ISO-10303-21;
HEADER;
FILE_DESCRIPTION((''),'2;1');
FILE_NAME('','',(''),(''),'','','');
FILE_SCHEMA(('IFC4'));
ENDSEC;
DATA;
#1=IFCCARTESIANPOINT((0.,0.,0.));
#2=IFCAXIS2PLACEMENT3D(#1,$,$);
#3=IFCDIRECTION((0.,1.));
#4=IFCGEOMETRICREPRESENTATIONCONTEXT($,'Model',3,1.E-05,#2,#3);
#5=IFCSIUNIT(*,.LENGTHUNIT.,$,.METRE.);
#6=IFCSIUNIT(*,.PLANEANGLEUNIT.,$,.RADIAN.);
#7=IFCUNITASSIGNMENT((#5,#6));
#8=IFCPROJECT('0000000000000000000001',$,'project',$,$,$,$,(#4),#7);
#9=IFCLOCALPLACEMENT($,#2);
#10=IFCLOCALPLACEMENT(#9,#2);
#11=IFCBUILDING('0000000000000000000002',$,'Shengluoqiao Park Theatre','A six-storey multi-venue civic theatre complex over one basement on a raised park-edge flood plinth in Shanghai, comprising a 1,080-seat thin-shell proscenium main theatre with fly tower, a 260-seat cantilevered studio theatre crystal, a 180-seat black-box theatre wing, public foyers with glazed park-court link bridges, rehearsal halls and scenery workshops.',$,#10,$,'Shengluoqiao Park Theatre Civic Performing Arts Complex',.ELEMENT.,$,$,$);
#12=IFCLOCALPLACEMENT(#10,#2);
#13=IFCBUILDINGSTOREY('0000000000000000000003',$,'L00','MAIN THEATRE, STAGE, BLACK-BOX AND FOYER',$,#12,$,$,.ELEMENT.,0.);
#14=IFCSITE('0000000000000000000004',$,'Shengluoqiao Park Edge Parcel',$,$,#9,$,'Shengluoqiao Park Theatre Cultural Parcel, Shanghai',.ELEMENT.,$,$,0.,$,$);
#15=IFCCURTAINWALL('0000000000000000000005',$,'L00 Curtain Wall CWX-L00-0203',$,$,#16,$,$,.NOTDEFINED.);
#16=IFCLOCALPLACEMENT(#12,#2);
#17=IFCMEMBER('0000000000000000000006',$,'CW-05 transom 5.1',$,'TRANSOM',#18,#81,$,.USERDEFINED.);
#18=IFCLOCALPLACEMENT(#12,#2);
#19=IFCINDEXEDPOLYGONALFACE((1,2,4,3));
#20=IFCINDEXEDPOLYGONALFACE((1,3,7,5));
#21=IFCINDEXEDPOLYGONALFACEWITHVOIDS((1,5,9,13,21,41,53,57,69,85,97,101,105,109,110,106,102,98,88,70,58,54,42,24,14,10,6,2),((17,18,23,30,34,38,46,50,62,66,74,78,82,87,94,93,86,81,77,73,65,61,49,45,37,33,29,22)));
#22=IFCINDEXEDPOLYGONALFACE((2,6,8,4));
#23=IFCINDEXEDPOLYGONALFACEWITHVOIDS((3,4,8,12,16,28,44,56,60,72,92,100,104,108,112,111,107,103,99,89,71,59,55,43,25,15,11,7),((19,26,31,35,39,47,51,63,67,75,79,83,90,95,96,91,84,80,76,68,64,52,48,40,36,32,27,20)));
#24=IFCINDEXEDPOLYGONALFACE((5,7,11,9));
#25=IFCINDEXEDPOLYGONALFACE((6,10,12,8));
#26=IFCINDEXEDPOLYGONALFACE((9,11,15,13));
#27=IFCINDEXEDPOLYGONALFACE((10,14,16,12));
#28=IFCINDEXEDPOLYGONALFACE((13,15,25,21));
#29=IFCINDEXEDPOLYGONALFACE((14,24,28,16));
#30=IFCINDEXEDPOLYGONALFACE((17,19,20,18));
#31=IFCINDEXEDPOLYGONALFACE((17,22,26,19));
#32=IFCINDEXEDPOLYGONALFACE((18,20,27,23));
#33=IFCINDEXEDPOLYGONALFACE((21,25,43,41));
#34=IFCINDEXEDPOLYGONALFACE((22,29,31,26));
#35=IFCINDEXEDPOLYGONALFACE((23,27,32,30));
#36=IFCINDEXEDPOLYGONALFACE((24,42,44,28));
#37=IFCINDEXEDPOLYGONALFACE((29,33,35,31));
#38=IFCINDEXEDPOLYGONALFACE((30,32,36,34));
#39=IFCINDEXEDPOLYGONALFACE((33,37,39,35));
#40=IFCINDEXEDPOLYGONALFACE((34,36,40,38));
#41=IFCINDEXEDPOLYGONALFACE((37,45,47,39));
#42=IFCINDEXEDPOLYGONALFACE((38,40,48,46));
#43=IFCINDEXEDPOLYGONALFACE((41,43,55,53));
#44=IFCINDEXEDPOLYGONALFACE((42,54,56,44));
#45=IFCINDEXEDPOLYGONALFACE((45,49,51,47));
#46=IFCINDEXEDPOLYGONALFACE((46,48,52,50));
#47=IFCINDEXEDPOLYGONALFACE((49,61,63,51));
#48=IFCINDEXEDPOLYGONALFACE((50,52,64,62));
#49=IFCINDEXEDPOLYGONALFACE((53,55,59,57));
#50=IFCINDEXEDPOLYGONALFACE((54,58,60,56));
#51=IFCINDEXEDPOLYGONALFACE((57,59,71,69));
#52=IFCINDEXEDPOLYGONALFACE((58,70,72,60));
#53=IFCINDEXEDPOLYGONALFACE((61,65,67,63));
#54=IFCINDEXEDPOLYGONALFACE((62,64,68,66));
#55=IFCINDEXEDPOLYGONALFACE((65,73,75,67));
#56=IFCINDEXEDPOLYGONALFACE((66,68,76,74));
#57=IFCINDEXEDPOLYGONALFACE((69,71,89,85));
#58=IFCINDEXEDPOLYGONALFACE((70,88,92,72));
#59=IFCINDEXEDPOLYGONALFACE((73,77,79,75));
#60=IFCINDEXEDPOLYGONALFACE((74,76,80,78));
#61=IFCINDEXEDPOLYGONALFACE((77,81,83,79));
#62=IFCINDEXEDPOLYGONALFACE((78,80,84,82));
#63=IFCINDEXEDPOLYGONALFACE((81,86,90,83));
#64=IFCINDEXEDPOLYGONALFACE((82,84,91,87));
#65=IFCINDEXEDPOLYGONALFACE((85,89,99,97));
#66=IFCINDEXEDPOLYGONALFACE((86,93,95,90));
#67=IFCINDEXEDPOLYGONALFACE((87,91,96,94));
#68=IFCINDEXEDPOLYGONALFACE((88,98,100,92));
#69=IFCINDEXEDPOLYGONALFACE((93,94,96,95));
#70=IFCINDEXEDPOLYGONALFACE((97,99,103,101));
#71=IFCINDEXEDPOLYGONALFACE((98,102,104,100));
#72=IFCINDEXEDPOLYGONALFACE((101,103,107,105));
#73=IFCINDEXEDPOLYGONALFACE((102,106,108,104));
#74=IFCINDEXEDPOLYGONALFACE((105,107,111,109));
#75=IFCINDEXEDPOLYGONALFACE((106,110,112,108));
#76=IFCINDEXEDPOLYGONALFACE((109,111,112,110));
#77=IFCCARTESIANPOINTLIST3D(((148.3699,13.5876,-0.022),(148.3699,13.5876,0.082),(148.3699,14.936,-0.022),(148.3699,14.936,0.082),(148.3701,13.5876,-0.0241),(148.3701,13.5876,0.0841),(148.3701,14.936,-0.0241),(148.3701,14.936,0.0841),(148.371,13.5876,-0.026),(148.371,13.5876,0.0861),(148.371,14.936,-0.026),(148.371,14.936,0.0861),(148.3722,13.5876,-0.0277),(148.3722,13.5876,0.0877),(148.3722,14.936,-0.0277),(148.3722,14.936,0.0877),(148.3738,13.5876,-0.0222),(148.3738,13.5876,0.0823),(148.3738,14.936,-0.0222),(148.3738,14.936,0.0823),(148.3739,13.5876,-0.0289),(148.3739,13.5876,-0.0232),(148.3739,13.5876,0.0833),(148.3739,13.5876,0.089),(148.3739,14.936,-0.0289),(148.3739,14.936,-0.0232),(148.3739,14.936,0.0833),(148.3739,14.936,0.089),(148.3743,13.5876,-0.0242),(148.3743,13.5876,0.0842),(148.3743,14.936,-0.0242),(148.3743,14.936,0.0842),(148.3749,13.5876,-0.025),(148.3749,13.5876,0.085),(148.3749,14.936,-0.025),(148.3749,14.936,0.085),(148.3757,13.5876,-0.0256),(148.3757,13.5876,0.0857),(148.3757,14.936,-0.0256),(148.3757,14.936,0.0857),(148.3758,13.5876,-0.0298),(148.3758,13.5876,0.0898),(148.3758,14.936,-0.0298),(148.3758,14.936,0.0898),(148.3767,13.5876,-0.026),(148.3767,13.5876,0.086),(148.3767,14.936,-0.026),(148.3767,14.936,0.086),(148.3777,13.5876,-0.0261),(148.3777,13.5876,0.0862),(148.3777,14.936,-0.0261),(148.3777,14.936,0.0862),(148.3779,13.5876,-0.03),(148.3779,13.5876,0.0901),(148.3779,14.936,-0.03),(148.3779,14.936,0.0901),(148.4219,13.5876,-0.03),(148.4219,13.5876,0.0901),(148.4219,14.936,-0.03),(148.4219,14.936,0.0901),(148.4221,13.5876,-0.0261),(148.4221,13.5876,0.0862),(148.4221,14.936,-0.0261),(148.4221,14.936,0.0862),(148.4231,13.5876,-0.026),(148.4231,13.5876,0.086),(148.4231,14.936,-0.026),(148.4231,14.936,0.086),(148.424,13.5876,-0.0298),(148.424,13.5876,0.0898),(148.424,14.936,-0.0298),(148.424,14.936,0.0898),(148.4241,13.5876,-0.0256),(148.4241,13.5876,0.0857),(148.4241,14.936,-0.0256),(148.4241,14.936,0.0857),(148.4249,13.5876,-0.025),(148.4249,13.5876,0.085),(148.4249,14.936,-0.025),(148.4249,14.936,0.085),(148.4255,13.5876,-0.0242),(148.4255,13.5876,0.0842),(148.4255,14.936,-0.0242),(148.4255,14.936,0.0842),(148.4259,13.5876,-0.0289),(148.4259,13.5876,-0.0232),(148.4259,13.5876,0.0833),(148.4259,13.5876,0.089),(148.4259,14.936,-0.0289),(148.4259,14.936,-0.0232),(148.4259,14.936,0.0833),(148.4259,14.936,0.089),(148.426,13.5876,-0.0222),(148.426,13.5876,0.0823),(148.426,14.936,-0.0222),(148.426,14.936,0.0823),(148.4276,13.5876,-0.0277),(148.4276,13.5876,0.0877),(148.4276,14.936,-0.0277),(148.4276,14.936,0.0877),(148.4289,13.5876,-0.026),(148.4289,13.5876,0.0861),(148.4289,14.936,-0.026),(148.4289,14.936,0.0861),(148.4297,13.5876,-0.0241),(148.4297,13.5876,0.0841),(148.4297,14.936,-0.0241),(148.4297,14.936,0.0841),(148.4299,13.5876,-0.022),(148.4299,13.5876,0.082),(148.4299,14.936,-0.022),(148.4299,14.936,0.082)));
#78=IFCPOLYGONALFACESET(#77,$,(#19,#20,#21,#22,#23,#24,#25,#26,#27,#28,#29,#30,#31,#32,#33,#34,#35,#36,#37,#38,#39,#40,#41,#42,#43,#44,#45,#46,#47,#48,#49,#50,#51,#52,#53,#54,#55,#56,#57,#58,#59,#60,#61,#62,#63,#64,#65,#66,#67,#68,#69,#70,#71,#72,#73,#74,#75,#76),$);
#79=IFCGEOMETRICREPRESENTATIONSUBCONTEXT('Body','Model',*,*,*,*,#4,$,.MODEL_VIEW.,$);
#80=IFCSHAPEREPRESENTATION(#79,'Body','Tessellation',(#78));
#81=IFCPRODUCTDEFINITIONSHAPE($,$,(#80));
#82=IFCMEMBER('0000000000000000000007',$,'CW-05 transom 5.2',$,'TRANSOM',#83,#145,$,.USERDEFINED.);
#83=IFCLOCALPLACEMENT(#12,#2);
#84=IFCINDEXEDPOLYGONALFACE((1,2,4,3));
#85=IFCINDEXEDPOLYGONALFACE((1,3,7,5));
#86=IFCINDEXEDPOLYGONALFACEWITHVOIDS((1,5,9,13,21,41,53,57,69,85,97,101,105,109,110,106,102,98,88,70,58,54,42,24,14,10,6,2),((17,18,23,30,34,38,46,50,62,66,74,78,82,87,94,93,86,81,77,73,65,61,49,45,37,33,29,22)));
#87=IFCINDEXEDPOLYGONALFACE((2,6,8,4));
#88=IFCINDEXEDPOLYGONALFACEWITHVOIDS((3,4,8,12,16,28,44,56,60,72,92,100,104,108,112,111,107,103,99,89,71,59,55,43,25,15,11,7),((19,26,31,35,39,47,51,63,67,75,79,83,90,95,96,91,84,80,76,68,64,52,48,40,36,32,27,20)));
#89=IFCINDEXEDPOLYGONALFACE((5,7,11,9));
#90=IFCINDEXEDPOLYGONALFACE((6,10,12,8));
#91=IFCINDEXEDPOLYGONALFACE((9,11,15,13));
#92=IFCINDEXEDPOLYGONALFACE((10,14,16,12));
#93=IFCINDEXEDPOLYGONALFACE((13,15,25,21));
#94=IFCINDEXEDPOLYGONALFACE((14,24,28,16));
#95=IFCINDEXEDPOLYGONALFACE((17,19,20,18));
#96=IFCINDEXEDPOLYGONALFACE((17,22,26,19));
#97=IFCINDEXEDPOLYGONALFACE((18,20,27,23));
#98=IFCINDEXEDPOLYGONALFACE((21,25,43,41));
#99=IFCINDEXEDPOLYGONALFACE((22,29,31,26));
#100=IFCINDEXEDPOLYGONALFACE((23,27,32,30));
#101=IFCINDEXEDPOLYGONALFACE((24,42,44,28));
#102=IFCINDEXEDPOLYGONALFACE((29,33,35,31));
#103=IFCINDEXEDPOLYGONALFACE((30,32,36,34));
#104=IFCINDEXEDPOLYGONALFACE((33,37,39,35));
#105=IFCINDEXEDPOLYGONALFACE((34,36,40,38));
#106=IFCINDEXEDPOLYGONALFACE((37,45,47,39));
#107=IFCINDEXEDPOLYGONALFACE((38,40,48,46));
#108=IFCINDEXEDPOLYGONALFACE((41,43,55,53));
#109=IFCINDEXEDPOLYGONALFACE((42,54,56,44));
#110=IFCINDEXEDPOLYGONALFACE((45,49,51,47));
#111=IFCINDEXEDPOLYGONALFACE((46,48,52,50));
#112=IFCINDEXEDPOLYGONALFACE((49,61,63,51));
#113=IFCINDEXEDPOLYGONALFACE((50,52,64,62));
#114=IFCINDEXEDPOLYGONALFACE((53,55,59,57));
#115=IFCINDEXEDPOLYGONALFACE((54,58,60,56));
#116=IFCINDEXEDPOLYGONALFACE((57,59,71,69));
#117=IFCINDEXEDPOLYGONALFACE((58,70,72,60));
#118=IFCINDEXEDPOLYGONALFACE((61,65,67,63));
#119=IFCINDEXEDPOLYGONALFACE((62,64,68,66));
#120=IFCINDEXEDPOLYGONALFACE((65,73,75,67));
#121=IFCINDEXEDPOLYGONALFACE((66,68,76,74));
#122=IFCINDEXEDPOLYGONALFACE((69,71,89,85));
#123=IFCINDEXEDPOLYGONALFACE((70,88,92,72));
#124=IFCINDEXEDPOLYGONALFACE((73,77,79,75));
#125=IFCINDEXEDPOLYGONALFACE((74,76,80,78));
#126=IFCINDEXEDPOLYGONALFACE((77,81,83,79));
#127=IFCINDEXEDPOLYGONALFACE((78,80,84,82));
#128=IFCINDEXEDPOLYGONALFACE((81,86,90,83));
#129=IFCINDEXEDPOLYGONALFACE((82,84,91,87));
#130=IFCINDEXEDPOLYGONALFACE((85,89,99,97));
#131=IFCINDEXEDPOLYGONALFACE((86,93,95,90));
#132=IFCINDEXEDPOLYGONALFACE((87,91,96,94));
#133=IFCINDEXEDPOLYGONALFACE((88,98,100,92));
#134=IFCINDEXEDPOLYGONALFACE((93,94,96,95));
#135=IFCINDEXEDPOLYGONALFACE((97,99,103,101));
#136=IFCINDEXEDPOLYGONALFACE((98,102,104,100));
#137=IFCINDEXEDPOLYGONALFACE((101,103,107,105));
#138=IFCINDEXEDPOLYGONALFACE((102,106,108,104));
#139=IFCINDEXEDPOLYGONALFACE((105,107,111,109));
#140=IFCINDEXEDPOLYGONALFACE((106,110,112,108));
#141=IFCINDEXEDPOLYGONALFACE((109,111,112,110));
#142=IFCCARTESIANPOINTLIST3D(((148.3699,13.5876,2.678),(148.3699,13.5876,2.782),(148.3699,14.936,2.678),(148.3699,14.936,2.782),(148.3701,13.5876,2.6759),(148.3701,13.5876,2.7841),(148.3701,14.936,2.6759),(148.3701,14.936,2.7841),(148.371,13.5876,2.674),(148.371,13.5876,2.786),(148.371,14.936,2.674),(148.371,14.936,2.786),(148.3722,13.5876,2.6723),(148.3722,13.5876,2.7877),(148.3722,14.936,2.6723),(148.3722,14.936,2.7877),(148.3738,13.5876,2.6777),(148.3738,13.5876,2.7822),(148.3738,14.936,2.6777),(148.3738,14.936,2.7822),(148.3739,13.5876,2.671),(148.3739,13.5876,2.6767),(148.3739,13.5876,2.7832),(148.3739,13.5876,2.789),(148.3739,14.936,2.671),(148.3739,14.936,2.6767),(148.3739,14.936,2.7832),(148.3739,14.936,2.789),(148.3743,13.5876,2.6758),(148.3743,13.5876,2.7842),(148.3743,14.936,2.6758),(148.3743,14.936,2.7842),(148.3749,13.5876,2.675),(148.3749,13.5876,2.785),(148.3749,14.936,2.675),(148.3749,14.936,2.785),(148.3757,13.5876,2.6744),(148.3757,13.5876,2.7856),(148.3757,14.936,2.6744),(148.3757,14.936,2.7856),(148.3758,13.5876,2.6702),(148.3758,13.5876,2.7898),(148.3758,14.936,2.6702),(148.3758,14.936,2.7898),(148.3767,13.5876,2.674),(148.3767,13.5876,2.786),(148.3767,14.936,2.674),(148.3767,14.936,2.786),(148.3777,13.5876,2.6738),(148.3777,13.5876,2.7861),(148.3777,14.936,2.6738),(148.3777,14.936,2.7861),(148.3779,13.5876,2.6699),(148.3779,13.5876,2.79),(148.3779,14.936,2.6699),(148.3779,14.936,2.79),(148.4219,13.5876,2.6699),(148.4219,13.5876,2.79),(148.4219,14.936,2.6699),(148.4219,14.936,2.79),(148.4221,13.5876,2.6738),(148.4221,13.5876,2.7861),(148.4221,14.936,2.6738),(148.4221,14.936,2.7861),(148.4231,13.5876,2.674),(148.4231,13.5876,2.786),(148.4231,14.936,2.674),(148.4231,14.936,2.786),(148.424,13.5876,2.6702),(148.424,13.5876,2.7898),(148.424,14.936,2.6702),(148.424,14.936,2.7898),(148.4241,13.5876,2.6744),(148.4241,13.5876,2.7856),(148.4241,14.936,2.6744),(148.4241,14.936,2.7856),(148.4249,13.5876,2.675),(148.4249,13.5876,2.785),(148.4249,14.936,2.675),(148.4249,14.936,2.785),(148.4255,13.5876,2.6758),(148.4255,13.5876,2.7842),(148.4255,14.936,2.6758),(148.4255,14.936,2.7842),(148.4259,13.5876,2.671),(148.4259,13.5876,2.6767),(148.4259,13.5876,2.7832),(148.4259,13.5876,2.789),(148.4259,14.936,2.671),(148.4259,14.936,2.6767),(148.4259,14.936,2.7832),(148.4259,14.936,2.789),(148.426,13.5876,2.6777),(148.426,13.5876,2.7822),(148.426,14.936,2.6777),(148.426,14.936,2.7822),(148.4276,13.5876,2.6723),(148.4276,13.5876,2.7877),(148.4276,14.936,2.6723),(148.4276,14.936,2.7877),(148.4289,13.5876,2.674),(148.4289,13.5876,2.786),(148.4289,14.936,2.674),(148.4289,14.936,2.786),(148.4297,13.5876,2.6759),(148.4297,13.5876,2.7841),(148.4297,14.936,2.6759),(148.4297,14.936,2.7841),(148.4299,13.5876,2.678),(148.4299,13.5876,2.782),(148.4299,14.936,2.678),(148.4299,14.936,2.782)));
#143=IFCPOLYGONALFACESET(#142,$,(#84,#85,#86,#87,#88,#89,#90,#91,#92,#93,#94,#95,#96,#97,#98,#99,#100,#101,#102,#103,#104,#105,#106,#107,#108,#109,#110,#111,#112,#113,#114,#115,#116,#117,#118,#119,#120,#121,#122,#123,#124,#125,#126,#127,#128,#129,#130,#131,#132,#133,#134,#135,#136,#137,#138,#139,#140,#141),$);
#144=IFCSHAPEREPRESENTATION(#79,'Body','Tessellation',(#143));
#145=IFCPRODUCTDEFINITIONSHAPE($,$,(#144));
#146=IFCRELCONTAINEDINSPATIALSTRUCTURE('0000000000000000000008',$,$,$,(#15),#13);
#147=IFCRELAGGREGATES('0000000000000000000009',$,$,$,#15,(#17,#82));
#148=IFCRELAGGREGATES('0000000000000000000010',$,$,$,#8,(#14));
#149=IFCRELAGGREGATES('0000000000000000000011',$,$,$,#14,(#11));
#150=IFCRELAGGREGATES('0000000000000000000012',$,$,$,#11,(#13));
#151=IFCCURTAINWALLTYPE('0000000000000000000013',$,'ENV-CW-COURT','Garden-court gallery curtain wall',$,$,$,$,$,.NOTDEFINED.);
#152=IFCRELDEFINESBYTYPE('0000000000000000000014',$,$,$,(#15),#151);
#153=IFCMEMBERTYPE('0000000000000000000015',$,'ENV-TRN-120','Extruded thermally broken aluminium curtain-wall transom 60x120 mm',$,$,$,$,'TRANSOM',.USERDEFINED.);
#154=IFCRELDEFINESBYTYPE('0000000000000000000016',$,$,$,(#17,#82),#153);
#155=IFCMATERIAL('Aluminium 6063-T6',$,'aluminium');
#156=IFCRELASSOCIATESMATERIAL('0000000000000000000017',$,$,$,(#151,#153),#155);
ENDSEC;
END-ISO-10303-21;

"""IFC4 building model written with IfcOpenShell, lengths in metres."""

from ifc_helpers import new_model, si_unit, direction, frame, origin, origin_2d, place, context, subcontext, project, spatial, hollow_rectangle, extrude, material, material_profile, profile_set, type_object, element, aggregate, save


model = new_model("IFC4")

# Units and contexts
model_context = context("Model", 3, precision=1e-05, world=origin(), true_north=direction((0.0, 1.0)))
body_context = subcontext(model_context, "Body", "Model", "MODEL_VIEW")
ifc_project = project(units=[si_unit("LENGTHUNIT", "METRE"), si_unit("PLANEANGLEUNIT", "RADIAN")], contexts=[model_context])

# Site, building, storey
site_placement = place(None, origin())
site = spatial("IfcSite", under=ifc_project, at=site_placement, Name="Shengluoqiao Park Edge Parcel", LongName="Shengluoqiao Park Theatre Cultural Parcel, Shanghai", CompositionType="ELEMENT", RefElevation=0.0)
building_placement = place(site_placement, origin())
building = spatial("IfcBuilding", under=site, at=building_placement, Name="Shengluoqiao Park Theatre", Description="A six-storey multi-venue civic theatre complex over one basement on a raised park-edge flood plinth in Shanghai, comprising a 1,080-seat thin-shell proscenium main theatre with fly tower, a 260-seat cantilevered studio theatre crystal, a 180-seat black-box theatre wing, public foyers with glazed park-court link bridges, rehearsal halls and scenery workshops.", LongName="Shengluoqiao Park Theatre Civic Performing Arts Complex", CompositionType="ELEMENT")
storey_placement = place(building_placement, origin())
storey = spatial("IfcBuildingStorey", under=building, at=storey_placement, Name="L00", Description="MAIN THEATRE, STAGE, BLACK-BOX AND FOYER", CompositionType="ELEMENT", Elevation=0.0)

# Curtain wall, members
ifc_material_1 = material(Name="Aluminium 6063-T6", Category="aluminium")
curtain_wall_type = type_object("IfcCurtainWallType", Name="ENV-CW-COURT", Description="Garden-court gallery curtain wall", PredefinedType="NOTDEFINED", material=ifc_material_1)
curtain_wall_placement = place(storey_placement, origin())
curtain_wall = element("IfcCurtainWall", 1, at=curtain_wall_placement, inside=storey, type_object=curtain_wall_type, Name="L00 Curtain Wall CWX-L00-0203", PredefinedType="NOTDEFINED")
ifc_material_profile_1 = material_profile(ifc_material_1, hollow_rectangle(XDim=0.0601, YDim=0.1201, WallThickness=0.0039, InnerFilletRadius=0.0039, OuterFilletRadius=0.0081, at=origin_2d()), Name="ALU TRANSOM 120x60x4")
ifc_profile_set_1 = profile_set([ifc_material_profile_1], Name="Aluminium 6063-T6")
member_type_1 = type_object("IfcMemberType", Name="ENV-TRN-120", Description="Extruded thermally broken aluminium curtain-wall transom 60x120 mm", ElementType="TRANSOM", PredefinedType="USERDEFINED", material=ifc_profile_set_1)
member_1_placement = place(storey_placement, frame((148.3999, 13.5876, 0.03), z_axis=(0.0, 1.0, 0.0), x_axis=(-1.0, 0.0, 0.0)))
member_1 = element("IfcMember", 2, at=member_1_placement, type_object=member_type_1, Name="CW-05 transom 5.1", ObjectType="TRANSOM", PredefinedType="USERDEFINED", context=body_context, shape_type="SweptSolid", body=[
    extrude(hollow_rectangle(XDim=0.0601, YDim=0.1201, WallThickness=0.0039, InnerFilletRadius=0.0039, OuterFilletRadius=0.0081, at=origin_2d()), origin(), (0.0, 0.0, 1.0), 1.3484),
])
member_2_placement = place(storey_placement, frame((148.3999, 13.5876, 2.73), z_axis=(0.0, 1.0, 0.0), x_axis=(-1.0, 0.0, 0.0)))
member_2 = element("IfcMember", 3, at=member_2_placement, type_object=member_type_1, Name="CW-05 transom 5.2", ObjectType="TRANSOM", PredefinedType="USERDEFINED", context=body_context, shape_type="SweptSolid", body=[
    extrude(hollow_rectangle(XDim=0.0601, YDim=0.1201, WallThickness=0.0039, InnerFilletRadius=0.0039, OuterFilletRadius=0.0081, at=origin_2d()), origin(), (0.0, 0.0, 1.0), 1.3484),
])
aggregate(curtain_wall, [member_1, member_2])

save(model, "model.ifc")
